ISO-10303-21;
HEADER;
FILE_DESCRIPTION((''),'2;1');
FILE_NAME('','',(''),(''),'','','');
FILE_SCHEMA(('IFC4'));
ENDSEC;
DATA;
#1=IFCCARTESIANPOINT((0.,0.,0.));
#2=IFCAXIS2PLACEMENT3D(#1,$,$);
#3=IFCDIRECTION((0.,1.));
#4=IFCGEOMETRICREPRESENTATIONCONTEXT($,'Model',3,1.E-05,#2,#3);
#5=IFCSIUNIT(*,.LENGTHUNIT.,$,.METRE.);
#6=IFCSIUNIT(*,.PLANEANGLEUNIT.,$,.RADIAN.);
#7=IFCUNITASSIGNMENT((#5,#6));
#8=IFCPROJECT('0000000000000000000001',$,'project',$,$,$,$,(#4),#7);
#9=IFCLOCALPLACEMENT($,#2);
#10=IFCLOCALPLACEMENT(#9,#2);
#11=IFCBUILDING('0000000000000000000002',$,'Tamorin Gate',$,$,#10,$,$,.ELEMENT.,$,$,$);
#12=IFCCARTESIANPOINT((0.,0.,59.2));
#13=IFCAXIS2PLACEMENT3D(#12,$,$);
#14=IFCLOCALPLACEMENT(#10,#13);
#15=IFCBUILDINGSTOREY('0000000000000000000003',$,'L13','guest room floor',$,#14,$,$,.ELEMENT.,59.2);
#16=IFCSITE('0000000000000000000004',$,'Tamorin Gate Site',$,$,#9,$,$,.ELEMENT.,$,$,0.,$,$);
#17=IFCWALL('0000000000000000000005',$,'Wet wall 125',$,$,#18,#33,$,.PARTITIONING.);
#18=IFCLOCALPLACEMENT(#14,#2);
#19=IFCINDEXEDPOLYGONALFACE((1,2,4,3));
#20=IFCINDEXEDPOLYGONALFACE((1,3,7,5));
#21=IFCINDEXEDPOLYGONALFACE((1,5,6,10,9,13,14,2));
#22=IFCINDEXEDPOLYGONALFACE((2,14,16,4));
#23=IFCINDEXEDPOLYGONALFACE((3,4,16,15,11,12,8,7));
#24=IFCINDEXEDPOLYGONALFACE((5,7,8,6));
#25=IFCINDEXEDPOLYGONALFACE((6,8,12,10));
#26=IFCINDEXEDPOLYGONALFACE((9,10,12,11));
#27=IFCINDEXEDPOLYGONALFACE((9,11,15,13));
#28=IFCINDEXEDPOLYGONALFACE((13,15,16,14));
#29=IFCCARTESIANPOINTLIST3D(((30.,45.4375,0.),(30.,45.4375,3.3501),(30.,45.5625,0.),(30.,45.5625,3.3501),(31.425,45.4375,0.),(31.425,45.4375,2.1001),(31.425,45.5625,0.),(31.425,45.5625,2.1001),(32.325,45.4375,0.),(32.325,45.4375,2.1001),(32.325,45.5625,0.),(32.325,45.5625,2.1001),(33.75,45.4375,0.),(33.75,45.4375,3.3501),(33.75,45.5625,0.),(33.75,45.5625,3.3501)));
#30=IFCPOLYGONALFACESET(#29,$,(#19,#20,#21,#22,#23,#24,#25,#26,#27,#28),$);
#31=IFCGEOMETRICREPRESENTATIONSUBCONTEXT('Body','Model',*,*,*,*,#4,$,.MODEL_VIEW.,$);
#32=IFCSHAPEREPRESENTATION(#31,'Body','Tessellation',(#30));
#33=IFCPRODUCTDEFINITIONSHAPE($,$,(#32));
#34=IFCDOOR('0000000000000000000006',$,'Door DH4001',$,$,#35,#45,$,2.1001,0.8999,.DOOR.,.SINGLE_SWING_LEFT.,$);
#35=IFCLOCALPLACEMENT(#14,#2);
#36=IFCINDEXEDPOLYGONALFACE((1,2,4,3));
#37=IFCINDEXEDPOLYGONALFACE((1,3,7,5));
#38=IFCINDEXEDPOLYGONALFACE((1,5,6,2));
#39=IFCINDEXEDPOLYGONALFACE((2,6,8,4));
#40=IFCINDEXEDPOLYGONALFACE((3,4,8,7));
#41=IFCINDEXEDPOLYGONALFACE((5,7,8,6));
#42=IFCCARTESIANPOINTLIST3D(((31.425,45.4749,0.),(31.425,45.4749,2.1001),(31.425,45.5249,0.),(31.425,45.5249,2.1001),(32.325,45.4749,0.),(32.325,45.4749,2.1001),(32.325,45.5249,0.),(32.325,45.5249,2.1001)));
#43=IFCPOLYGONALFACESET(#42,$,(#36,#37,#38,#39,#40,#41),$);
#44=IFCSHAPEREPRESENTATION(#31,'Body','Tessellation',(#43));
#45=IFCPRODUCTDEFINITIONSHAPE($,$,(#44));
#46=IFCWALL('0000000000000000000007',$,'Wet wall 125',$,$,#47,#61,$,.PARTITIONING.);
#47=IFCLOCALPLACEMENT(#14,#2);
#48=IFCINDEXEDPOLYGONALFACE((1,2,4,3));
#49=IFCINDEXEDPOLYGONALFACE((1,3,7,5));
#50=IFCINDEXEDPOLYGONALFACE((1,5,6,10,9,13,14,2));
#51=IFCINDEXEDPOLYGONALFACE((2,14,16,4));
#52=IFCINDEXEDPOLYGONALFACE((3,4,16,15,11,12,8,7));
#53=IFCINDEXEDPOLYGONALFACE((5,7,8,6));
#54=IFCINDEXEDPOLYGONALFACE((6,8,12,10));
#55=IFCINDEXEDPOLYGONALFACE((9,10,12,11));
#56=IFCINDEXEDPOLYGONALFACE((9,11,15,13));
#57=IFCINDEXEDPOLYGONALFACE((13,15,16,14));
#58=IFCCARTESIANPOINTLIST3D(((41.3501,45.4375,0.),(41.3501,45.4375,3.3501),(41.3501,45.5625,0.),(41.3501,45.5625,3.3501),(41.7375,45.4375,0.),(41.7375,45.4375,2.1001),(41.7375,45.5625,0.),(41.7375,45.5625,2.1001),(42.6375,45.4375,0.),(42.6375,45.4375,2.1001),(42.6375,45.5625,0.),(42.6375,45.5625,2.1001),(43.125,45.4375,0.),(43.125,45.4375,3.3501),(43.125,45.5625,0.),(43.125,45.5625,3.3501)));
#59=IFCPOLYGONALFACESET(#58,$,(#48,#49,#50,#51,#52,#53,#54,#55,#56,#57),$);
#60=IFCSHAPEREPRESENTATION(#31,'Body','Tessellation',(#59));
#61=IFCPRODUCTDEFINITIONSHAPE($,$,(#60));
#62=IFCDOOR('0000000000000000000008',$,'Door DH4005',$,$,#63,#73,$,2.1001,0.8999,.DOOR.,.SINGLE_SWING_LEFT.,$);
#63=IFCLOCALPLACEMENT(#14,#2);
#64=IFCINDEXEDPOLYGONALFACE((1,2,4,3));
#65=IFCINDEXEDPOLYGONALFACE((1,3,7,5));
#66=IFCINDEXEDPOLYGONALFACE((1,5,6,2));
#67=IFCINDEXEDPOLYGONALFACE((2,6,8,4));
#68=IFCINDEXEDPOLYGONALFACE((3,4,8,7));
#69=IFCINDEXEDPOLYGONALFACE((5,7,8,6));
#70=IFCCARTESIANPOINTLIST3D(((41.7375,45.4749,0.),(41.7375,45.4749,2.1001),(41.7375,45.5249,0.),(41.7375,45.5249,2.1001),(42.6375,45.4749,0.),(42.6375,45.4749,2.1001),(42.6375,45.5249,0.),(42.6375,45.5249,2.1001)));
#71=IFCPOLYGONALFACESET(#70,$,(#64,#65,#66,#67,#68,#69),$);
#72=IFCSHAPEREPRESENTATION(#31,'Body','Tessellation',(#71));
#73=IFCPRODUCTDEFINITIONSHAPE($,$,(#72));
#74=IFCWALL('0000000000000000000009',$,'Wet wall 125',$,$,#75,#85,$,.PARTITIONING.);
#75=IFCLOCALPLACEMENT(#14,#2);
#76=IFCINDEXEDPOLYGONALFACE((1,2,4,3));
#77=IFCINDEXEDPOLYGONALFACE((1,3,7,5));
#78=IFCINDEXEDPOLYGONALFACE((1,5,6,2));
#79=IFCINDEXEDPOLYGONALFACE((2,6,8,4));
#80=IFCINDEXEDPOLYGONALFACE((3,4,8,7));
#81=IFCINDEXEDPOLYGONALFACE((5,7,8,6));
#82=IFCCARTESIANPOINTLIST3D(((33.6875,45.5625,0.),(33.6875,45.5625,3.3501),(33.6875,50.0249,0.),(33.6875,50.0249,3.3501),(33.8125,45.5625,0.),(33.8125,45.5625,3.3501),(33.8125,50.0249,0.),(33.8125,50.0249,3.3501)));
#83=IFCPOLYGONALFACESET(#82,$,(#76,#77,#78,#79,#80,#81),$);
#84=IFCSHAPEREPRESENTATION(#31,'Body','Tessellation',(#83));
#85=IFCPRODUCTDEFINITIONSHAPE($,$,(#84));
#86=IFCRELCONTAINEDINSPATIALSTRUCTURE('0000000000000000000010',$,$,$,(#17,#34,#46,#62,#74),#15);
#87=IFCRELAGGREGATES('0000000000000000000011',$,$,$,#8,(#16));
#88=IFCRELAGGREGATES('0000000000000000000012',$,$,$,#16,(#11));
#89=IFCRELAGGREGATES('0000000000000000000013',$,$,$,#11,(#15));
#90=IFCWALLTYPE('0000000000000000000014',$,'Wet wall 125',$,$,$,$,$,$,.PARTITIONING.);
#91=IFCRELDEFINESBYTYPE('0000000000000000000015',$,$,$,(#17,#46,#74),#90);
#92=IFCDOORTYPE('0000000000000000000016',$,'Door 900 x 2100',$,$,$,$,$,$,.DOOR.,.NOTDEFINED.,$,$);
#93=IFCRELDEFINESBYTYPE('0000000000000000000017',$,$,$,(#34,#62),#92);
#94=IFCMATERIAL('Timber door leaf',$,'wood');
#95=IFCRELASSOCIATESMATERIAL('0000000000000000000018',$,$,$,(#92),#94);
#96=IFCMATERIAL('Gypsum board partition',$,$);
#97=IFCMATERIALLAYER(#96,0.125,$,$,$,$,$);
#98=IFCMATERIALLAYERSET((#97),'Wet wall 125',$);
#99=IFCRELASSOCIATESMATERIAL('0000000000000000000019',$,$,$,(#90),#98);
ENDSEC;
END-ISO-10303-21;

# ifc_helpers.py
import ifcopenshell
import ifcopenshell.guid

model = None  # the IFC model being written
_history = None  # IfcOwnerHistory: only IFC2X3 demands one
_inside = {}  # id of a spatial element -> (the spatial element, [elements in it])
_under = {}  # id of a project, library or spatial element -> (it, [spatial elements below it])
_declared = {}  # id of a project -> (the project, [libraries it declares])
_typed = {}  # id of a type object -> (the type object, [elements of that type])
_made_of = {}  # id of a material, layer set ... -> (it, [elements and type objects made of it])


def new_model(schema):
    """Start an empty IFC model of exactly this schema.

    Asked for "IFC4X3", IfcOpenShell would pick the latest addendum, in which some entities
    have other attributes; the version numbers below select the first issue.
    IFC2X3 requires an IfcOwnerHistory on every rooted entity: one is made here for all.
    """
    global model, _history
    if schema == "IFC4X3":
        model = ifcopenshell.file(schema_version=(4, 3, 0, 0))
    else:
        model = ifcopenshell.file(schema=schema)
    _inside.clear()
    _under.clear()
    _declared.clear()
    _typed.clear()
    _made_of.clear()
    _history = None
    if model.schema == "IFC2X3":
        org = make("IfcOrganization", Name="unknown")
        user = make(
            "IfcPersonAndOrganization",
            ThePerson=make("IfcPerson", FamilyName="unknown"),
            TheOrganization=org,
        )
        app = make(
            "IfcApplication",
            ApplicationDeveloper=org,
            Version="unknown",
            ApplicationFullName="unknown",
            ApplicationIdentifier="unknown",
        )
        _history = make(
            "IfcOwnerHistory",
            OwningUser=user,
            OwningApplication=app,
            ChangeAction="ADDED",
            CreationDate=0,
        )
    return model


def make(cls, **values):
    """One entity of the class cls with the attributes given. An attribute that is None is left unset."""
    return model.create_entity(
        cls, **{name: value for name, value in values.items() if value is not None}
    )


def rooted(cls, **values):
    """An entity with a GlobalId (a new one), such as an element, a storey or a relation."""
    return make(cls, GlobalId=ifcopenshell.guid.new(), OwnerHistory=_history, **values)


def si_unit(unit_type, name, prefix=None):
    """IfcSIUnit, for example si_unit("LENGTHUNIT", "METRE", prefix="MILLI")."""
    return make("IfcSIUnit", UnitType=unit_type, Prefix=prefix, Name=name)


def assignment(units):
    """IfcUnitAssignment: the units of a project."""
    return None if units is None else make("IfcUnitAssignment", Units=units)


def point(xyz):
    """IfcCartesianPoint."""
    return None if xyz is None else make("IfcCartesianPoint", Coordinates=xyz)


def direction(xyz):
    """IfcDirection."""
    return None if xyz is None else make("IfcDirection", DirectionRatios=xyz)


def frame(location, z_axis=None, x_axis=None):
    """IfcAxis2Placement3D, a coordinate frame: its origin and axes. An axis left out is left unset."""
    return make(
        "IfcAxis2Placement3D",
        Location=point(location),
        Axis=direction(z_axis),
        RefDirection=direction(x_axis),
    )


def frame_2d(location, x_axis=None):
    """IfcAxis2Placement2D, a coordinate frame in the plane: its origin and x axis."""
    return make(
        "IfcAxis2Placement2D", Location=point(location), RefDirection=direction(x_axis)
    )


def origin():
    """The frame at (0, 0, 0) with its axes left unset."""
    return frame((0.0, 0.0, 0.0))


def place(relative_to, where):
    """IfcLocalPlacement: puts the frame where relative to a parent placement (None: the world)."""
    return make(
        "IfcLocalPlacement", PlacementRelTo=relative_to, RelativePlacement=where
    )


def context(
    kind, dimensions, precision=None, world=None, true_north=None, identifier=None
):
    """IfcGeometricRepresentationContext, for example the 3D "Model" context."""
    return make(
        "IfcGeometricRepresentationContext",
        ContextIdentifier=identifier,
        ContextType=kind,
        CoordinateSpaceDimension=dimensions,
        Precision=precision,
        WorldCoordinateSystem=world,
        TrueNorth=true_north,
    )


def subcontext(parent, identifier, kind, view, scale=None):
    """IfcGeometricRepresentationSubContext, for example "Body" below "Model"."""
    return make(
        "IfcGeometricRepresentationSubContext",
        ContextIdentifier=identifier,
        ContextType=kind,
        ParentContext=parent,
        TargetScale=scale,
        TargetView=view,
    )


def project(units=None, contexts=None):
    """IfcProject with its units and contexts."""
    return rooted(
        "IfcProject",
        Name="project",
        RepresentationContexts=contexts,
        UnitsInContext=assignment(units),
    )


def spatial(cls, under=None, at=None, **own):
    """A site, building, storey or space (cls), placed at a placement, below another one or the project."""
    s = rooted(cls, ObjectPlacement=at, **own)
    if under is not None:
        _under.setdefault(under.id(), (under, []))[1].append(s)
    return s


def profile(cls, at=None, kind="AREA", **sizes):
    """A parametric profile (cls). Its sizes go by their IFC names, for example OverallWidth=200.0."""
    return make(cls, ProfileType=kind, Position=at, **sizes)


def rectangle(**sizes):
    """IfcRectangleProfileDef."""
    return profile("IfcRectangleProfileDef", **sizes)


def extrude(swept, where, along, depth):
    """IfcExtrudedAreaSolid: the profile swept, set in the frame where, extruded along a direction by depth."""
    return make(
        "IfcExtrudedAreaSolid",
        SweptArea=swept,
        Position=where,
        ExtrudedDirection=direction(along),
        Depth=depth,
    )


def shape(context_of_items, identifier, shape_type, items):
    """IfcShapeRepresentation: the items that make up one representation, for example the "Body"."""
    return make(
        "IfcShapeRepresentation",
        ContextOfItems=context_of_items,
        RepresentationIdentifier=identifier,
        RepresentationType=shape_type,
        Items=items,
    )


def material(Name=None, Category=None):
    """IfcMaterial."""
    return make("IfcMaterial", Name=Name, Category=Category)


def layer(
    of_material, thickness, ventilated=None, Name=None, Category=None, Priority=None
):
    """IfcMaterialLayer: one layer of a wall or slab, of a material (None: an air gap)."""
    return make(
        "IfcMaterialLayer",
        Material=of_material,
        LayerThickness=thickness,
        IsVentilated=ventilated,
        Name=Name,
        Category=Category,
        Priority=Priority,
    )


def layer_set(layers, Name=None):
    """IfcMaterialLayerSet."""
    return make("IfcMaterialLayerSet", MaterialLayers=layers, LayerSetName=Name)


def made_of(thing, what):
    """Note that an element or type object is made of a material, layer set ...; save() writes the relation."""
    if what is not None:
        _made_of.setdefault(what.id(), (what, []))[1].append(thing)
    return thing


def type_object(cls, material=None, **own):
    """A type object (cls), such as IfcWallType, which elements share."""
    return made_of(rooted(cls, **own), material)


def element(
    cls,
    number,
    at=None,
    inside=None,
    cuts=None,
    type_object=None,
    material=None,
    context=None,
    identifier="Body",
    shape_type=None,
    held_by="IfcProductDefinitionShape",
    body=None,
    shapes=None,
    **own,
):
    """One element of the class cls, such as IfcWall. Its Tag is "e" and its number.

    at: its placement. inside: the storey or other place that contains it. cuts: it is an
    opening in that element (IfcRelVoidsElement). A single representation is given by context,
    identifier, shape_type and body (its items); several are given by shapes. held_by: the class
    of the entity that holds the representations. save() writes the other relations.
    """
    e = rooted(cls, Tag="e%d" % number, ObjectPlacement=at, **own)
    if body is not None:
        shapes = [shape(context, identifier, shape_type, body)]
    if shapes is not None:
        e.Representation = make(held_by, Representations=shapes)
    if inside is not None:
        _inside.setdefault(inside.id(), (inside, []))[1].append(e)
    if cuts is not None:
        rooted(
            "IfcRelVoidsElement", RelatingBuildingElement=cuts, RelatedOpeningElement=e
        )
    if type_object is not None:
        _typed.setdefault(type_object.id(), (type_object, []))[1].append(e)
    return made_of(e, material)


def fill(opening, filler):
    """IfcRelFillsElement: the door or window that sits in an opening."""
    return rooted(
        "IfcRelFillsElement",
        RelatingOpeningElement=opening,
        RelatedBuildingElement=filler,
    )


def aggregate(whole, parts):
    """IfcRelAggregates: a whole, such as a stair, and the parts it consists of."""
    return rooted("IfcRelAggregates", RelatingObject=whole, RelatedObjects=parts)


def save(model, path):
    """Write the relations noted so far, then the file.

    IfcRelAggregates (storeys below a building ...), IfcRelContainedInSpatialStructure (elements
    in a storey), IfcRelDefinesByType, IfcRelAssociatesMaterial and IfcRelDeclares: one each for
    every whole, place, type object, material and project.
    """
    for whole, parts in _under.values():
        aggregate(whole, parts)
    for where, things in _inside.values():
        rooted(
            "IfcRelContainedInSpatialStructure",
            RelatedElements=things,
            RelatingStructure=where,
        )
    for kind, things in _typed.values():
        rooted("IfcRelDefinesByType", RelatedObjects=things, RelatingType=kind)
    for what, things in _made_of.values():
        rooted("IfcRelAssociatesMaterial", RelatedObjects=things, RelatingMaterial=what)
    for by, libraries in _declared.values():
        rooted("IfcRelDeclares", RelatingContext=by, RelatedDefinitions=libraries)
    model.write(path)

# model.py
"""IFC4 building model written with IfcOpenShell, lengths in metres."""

from ifc_helpers import new_model, si_unit, direction, frame, frame_2d, origin, place, context, subcontext, project, spatial, rectangle, extrude, material, layer, layer_set, type_object, element, fill, save


model = new_model("IFC4")

# Units and contexts
model_context = context("Model", 3, precision=1e-05, world=origin(), true_north=direction((0.0, 1.0)))
body_context = subcontext(model_context, "Body", "Model", "MODEL_VIEW")
ifc_project = project(units=[si_unit("LENGTHUNIT", "METRE"), si_unit("PLANEANGLEUNIT", "RADIAN")], contexts=[model_context])

# Site, building, storey
site_placement = place(None, origin())
site = spatial("IfcSite", under=ifc_project, at=site_placement, Name="Tamorin Gate Site", CompositionType="ELEMENT", RefElevation=0.0)
building_placement = place(site_placement, origin())
building = spatial("IfcBuilding", under=site, at=building_placement, Name="Tamorin Gate", CompositionType="ELEMENT")
storey_placement = place(building_placement, frame((0.0, 0.0, 59.2)))
storey = spatial("IfcBuildingStorey", under=building, at=storey_placement, Name="L13", Description="guest room floor", CompositionType="ELEMENT", Elevation=59.2)

# Walls, openings, doors
ifc_material_1 = material(Name="Gypsum board partition")
ifc_material_2 = material(Name="Timber door leaf", Category="wood")
door_type = type_object("IfcDoorType", Name="Door 900 x 2100", OperationType="NOTDEFINED", PredefinedType="DOOR", material=ifc_material_2)
ifc_layer_1 = layer(ifc_material_1, 0.125)
ifc_layer_set_1 = layer_set([ifc_layer_1], Name="Wet wall 125")
wall_type_1 = type_object("IfcWallType", Name="Wet wall 125", PredefinedType="PARTITIONING", material=ifc_layer_set_1)
wall_1_placement = place(storey_placement, frame((30.0, 45.5, 0.0), z_axis=(0.0, 0.0, 1.0), x_axis=(1.0, 0.0, 0.0)))
wall_1 = element("IfcWall", 1, at=wall_1_placement, inside=storey, type_object=wall_type_1, Name="Wet wall 125", PredefinedType="PARTITIONING", context=body_context, shape_type="SweptSolid", body=[
    extrude(rectangle(XDim=3.75, YDim=0.125, at=frame_2d((1.875, 0.0))), origin(), (0.0, 0.0, 1.0), 3.3501),
])
opening_1_placement = place(wall_1_placement, frame((1.425, 0.0, 0.0)))
opening_1 = element("IfcOpeningElement", 2, at=opening_1_placement, cuts=wall_1, PredefinedType="OPENING", context=body_context, shape_type="SweptSolid", body=[
    extrude(rectangle(XDim=0.8999, YDim=2.1001, at=frame_2d((0.45, 1.05))), frame((0.0, 0.0725, 0.0), z_axis=(0.0, -1.0, 0.0), x_axis=(1.0, 0.0, 0.0)), (0.0, 0.0, 1.0), 0.145),
])
door_1_placement = place(opening_1_placement, origin())
door_1 = element("IfcDoor", 3, at=door_1_placement, inside=storey, type_object=door_type, Name="Door DH4001", OperationType="SINGLE_SWING_LEFT", OverallHeight=2.1001, OverallWidth=0.8999, PredefinedType="DOOR", context=body_context, shape_type="SweptSolid", body=[
    extrude(rectangle(XDim=0.8999, YDim=2.1001, at=frame_2d((0.45, 1.05))), frame((0.0, 0.0249, 0.0), z_axis=(0.0, -1.0, 0.0), x_axis=(1.0, 0.0, 0.0)), (0.0, 0.0, 1.0), 0.05),
])
fill(opening_1, door_1)
wall_2_placement = place(storey_placement, frame((41.3501, 45.5, 0.0), z_axis=(0.0, 0.0, 1.0), x_axis=(1.0, 0.0, 0.0)))
wall_2 = element("IfcWall", 4, at=wall_2_placement, inside=storey, type_object=wall_type_1, Name="Wet wall 125", PredefinedType="PARTITIONING", context=body_context, shape_type="SweptSolid", body=[
    extrude(rectangle(XDim=1.7749, YDim=0.125, at=frame_2d((0.8875, 0.0))), origin(), (0.0, 0.0, 1.0), 3.3501),
])
opening_2_placement = place(wall_2_placement, frame((0.3875, 0.0, 0.0)))
opening_2 = element("IfcOpeningElement", 5, at=opening_2_placement, cuts=wall_2, PredefinedType="OPENING", context=body_context, shape_type="SweptSolid", body=[
    extrude(rectangle(XDim=0.8999, YDim=2.1001, at=frame_2d((0.45, 1.05))), frame((0.0, 0.0725, 0.0), z_axis=(0.0, -1.0, 0.0), x_axis=(1.0, 0.0, 0.0)), (0.0, 0.0, 1.0), 0.145),
])
door_2_placement = place(opening_2_placement, origin())
door_2 = element("IfcDoor", 6, at=door_2_placement, inside=storey, type_object=door_type, Name="Door DH4005", OperationType="SINGLE_SWING_LEFT", OverallHeight=2.1001, OverallWidth=0.8999, PredefinedType="DOOR", context=body_context, shape_type="SweptSolid", body=[
    extrude(rectangle(XDim=0.8999, YDim=2.1001, at=frame_2d((0.45, 1.05))), frame((0.0, 0.0249, 0.0), z_axis=(0.0, -1.0, 0.0), x_axis=(1.0, 0.0, 0.0)), (0.0, 0.0, 1.0), 0.05),
])
fill(opening_2, door_2)

# Wall
wall_3_placement = place(storey_placement, frame((33.75, 45.5625, 0.0), z_axis=(0.0, 0.0, 1.0), x_axis=(0.0, 1.0, 0.0)))
element("IfcWall", 7, at=wall_3_placement, inside=storey, type_object=wall_type_1, Name="Wet wall 125", PredefinedType="PARTITIONING", context=body_context, shape_type="SweptSolid", body=[
    extrude(rectangle(XDim=4.4624, YDim=0.125, at=frame_2d((2.2312, 0.0))), origin(), (0.0, 0.0, 1.0), 3.3501),
])

save(model, "model.ifc")
